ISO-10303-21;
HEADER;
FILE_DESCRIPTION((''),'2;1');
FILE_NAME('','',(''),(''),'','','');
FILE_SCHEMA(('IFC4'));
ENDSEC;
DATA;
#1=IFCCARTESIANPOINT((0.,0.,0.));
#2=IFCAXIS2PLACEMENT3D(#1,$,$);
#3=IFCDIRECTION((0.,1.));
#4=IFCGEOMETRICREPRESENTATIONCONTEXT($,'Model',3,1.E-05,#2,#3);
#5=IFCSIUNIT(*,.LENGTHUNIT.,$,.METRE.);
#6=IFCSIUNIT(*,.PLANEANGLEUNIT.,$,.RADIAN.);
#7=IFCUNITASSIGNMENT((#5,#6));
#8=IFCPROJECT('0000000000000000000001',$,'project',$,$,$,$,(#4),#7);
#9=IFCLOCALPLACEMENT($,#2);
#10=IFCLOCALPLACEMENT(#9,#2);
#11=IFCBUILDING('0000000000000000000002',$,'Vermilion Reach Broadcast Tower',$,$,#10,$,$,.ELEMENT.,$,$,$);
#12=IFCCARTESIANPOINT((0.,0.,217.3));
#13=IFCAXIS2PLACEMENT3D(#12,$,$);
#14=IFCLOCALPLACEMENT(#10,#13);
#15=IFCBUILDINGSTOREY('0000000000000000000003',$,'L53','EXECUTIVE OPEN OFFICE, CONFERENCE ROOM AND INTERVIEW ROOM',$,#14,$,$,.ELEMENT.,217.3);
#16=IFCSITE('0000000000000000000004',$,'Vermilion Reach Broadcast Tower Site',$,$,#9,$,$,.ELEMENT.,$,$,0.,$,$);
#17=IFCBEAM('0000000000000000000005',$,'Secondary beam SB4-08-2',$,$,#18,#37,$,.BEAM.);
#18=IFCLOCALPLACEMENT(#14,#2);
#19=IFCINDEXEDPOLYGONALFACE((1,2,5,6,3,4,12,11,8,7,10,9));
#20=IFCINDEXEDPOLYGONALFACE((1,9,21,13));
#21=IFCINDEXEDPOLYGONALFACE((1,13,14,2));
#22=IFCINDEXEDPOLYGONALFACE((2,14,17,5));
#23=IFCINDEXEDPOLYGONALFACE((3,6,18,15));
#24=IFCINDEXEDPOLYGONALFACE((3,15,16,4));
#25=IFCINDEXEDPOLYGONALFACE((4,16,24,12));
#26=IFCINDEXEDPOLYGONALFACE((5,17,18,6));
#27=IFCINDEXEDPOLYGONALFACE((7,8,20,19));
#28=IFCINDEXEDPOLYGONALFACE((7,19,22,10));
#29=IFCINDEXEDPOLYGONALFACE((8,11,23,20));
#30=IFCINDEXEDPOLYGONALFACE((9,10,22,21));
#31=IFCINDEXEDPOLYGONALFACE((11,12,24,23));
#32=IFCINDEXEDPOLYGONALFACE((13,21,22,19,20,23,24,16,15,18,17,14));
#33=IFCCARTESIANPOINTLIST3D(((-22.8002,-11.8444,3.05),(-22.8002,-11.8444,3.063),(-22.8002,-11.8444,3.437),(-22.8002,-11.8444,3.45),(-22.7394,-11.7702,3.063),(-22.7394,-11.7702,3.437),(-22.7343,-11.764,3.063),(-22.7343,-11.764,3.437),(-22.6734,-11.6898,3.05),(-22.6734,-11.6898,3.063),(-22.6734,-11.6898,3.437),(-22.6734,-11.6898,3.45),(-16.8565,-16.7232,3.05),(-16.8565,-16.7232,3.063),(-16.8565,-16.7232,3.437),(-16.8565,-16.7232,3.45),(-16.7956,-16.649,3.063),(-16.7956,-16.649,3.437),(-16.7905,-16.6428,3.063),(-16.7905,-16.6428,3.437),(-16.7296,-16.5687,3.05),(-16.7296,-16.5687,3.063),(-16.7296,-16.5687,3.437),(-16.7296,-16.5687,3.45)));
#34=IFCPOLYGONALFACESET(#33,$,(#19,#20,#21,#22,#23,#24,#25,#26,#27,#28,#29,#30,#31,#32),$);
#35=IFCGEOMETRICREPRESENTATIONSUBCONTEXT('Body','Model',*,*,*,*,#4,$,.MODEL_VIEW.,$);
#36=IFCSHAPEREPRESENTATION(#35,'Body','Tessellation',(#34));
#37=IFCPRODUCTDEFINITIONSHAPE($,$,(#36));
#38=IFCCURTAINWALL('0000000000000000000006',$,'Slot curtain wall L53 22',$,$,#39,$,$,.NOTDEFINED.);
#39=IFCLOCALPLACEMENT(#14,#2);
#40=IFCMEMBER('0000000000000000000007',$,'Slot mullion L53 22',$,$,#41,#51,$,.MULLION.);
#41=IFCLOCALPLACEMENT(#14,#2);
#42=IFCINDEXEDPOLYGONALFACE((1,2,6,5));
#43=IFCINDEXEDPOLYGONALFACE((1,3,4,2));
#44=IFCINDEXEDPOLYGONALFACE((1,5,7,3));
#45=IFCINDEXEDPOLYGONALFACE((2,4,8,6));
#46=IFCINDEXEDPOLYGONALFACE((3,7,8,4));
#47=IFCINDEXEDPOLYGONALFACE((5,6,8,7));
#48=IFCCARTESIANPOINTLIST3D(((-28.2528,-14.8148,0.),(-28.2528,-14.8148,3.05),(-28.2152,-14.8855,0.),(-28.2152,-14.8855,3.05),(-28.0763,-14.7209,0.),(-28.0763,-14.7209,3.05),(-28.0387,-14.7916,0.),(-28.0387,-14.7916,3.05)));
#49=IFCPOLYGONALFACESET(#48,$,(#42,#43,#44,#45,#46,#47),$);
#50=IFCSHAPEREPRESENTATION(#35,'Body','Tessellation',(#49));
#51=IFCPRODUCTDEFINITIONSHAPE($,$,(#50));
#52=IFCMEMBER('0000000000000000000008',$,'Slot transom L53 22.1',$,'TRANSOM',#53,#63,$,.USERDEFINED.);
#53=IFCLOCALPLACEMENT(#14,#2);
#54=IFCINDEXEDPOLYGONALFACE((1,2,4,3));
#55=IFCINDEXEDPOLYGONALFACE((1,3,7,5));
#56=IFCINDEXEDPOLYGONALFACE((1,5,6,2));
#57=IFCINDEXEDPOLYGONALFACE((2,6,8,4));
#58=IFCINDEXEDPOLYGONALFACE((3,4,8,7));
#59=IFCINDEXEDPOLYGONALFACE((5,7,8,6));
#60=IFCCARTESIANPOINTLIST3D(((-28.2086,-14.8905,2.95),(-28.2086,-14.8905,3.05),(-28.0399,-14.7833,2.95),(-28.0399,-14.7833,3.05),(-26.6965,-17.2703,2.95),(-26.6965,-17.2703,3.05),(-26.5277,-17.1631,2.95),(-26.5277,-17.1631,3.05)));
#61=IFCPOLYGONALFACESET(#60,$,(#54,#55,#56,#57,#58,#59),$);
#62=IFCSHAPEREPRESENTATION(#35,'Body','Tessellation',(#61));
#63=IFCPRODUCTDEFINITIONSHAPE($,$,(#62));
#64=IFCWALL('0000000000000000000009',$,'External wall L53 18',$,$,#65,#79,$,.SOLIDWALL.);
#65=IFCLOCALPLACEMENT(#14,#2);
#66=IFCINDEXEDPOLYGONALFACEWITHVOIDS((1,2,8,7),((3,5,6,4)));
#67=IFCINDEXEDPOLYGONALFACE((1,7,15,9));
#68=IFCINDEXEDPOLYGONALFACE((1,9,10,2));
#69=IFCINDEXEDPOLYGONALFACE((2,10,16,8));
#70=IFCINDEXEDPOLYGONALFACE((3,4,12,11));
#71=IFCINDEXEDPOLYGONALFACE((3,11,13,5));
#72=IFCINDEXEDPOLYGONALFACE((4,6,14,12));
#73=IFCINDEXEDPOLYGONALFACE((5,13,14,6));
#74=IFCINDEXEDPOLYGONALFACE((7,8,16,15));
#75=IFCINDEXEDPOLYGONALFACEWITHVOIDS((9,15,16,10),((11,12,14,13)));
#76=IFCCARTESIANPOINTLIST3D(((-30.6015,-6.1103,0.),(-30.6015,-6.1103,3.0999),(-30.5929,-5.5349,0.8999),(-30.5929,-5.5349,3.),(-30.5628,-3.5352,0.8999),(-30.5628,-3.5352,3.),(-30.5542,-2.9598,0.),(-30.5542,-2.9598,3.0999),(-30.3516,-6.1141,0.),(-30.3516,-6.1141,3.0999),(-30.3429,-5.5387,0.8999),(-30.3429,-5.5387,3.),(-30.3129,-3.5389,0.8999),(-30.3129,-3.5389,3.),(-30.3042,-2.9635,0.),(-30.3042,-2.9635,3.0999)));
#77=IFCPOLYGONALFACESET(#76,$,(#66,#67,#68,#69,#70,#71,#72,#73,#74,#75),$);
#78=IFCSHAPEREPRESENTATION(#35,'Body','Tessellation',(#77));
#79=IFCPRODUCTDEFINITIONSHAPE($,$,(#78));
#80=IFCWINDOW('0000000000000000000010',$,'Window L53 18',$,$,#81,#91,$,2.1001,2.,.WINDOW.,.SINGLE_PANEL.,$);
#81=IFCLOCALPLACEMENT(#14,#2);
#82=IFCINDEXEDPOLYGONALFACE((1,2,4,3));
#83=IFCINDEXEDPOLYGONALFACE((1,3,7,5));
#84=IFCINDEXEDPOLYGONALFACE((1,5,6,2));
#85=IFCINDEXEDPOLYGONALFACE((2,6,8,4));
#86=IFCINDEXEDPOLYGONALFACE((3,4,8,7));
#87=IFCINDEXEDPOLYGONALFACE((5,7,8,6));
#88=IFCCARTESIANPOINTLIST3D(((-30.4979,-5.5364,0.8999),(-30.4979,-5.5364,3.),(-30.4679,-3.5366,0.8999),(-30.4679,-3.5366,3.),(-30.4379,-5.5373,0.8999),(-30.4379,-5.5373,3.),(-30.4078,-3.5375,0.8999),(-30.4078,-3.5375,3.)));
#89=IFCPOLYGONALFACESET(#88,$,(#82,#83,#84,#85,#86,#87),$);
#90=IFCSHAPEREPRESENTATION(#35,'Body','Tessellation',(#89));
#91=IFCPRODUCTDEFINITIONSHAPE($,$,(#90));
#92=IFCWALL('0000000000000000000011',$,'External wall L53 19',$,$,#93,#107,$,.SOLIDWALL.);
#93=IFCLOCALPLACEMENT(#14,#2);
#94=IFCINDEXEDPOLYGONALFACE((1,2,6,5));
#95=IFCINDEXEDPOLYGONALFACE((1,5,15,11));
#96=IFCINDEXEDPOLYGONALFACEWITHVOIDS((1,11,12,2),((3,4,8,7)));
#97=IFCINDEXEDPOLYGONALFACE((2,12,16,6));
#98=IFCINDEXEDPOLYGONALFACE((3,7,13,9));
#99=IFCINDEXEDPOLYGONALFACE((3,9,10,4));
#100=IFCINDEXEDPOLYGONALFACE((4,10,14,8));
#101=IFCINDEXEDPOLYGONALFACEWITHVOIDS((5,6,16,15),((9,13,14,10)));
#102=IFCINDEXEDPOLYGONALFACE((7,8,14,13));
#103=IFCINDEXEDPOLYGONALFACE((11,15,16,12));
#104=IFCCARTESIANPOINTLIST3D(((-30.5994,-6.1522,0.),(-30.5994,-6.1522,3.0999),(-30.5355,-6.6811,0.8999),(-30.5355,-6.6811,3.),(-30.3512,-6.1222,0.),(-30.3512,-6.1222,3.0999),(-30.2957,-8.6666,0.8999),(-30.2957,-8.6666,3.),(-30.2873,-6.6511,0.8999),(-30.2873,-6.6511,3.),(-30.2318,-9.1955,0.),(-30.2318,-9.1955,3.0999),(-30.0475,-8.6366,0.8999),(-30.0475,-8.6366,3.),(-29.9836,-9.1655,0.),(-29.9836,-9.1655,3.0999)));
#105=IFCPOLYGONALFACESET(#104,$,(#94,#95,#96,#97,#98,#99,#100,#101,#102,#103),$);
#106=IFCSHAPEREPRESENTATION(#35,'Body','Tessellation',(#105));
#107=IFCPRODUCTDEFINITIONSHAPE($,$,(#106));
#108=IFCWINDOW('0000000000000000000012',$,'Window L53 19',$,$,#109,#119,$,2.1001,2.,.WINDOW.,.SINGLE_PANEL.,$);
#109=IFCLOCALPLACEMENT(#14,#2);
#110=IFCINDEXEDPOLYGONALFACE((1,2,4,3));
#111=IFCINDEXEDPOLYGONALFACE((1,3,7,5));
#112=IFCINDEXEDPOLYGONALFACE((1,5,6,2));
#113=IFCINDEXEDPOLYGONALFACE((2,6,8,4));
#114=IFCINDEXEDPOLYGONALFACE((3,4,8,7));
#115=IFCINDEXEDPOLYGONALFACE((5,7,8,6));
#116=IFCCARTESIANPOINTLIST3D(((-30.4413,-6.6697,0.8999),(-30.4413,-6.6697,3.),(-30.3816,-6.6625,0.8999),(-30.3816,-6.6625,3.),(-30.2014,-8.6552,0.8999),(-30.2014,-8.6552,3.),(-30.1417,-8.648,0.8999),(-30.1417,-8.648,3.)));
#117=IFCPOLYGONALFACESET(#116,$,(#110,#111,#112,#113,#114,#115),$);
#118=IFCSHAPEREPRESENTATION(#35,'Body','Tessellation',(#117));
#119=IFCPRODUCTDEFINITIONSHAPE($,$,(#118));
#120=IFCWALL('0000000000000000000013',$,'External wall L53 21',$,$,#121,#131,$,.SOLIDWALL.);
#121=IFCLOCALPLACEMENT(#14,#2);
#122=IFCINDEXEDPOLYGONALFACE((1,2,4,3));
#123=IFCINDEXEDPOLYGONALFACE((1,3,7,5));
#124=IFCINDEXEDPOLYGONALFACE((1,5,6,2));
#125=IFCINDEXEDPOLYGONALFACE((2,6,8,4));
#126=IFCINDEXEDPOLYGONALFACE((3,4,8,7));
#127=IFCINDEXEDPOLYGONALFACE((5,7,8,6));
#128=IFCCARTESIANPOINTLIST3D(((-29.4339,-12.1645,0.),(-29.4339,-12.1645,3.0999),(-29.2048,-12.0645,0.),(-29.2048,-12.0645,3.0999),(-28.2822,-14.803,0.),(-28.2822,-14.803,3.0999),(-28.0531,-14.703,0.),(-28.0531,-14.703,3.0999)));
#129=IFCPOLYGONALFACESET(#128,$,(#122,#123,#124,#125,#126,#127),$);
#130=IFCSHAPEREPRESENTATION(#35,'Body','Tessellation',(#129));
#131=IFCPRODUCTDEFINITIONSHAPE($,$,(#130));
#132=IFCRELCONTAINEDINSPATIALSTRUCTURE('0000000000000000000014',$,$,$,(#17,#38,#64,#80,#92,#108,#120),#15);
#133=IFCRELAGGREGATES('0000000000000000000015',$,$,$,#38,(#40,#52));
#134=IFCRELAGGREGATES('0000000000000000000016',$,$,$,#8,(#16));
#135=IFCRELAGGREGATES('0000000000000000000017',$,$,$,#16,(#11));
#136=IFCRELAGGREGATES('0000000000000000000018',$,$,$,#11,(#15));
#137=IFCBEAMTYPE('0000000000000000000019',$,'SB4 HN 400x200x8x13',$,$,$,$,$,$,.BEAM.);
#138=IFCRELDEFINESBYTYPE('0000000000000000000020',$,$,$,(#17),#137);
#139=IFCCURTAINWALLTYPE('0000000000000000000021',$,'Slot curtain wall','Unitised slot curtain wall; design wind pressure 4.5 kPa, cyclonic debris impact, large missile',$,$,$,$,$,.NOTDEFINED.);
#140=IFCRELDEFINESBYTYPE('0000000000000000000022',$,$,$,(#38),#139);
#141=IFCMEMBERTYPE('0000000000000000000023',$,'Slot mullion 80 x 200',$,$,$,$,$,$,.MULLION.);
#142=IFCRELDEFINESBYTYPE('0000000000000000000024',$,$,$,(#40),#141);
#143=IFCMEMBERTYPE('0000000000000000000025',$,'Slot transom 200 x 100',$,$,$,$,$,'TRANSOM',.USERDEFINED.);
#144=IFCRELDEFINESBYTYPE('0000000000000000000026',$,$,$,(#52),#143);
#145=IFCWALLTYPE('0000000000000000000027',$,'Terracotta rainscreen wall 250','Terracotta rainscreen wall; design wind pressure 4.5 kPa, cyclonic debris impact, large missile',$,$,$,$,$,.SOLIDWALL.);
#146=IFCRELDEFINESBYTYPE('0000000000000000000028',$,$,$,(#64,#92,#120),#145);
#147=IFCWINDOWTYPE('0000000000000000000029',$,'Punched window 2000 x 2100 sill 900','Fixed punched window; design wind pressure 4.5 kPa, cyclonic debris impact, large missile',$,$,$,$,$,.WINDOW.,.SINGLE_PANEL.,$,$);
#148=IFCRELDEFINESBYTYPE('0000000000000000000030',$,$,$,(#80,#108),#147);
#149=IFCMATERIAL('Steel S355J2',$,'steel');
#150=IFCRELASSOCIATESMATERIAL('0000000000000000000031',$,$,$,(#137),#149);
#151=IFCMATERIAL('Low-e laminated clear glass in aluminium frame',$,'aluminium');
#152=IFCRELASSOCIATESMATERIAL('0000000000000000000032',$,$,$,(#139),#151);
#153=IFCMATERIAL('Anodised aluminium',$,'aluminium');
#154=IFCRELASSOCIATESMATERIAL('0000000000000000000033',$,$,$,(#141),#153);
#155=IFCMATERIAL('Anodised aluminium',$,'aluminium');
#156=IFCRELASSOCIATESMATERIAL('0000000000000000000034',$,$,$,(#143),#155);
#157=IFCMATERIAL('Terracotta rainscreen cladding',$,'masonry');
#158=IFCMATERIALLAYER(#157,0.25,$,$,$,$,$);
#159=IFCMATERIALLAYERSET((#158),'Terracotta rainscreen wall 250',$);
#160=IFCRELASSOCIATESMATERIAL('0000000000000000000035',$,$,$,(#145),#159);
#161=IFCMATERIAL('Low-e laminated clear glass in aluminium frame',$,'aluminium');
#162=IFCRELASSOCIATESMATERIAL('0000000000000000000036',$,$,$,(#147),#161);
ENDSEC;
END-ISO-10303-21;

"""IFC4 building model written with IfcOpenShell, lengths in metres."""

from ifc_helpers import new_model, si_unit, direction, frame, frame_2d, origin, origin_2d, place, context, subcontext, project, spatial, rectangle, i_section, extrude, material, layer, layer_set, material_profile, profile_set, type_object, element, fill, aggregate, save


model = new_model("IFC4")

# Units and contexts
model_context = context("Model", 3, precision=1e-05, world=origin(), true_north=direction((0.0, 1.0)))
body_context = subcontext(model_context, "Body", "Model", "MODEL_VIEW")
ifc_project = project(units=[si_unit("LENGTHUNIT", "METRE"), si_unit("PLANEANGLEUNIT", "RADIAN")], contexts=[model_context])

# Site, building, storey
site_placement = place(None, origin())
site = spatial("IfcSite", under=ifc_project, at=site_placement, Name="Vermilion Reach Broadcast Tower Site", CompositionType="ELEMENT", RefElevation=0.0)
building_placement = place(site_placement, origin())
building = spatial("IfcBuilding", under=site, at=building_placement, Name="Vermilion Reach Broadcast Tower", CompositionType="ELEMENT")
storey_placement = place(building_placement, frame((0.0, 0.0, 217.3)))
storey = spatial("IfcBuildingStorey", under=building, at=storey_placement, Name="L53", Description="EXECUTIVE OPEN OFFICE, CONFERENCE ROOM AND INTERVIEW ROOM", CompositionType="ELEMENT", Elevation=217.3)

# Beam
ifc_material_1 = material(Name="Steel S355J2", Category="steel")
ifc_material_profile_1 = material_profile(ifc_material_1, i_section(OverallWidth=0.2, OverallDepth=0.3999, WebThickness=0.0081, FlangeThickness=0.0129, at=origin_2d()), Name="S355J2 HN 400x200x8x13")
ifc_profile_set_1 = profile_set([ifc_material_profile_1], Name="Steel S355J2")
beam_type_1 = type_object("IfcBeamType", Name="SB4 HN 400x200x8x13", PredefinedType="BEAM", material=ifc_profile_set_1)
beam_1_placement = place(storey_placement, frame((-22.7368, -11.7671, 3.25), z_axis=(0.772952, -0.634465, 0.0), x_axis=(0.634465, 0.772952, 0.0)))
element("IfcBeam", 1, at=beam_1_placement, inside=storey, type_object=beam_type_1, Name="Secondary beam SB4-08-2", PredefinedType="BEAM", context=body_context, shape_type="SweptSolid", body=[
    extrude(i_section(OverallWidth=0.2, OverallDepth=0.3999, WebThickness=0.0081, FlangeThickness=0.0129, at=origin_2d()), origin(), (0.0, 0.0, 1.0), 7.6897),
])

# Curtain wall, members
ifc_material_2 = material(Name="Low-e laminated clear glass in aluminium frame", Category="aluminium")
curtain_wall_type = type_object("IfcCurtainWallType", Name="Slot curtain wall", Description="Unitised slot curtain wall; design wind pressure 4.5 kPa, cyclonic debris impact, large missile", PredefinedType="NOTDEFINED", material=ifc_material_2)
curtain_wall_placement = place(storey_placement, origin())
curtain_wall = element("IfcCurtainWall", 2, at=curtain_wall_placement, inside=storey, type_object=curtain_wall_type, Name="Slot curtain wall L53 22", PredefinedType="NOTDEFINED")
ifc_material_3 = material(Name="Anodised aluminium", Category="aluminium")
ifc_material_profile_2 = material_profile(ifc_material_3, rectangle(XDim=0.2, YDim=0.0801, at=origin_2d()), Name="Slot mullion 80 x 200")
ifc_profile_set_2 = profile_set([ifc_material_profile_2], Name="Anodised aluminium")
member_type_1 = type_object("IfcMemberType", Name="Slot mullion 80 x 200", PredefinedType="MULLION", material=ifc_profile_set_2)
member_1_placement = place(storey_placement, frame((-28.1458, -14.8032, 0.0), z_axis=(0.0, 0.0, 1.0), x_axis=(0.882894, 0.469572, 0.0)))
member_1 = element("IfcMember", 3, at=member_1_placement, type_object=member_type_1, Name="Slot mullion L53 22", PredefinedType="MULLION", context=body_context, shape_type="SweptSolid", body=[
    extrude(rectangle(XDim=0.2, YDim=0.0801, at=origin_2d()), origin(), (0.0, 0.0, 1.0), 3.05),
])
ifc_material_4 = material(Name="Anodised aluminium", Category="aluminium")
ifc_material_profile_3 = material_profile(ifc_material_4, rectangle(XDim=0.2, YDim=0.1001, at=origin_2d()), Name="Slot transom 200 x 100")
ifc_profile_set_3 = profile_set([ifc_material_profile_3], Name="Anodised aluminium")
member_type_2 = type_object("IfcMemberType", Name="Slot transom 200 x 100", ElementType="TRANSOM", PredefinedType="USERDEFINED", material=ifc_profile_set_3)
member_2_placement = place(storey_placement, frame((-28.1243, -14.8369, 3.0), z_axis=(0.536304, -0.844025, 0.0), x_axis=(0.844025, 0.536304, 0.0)))
member_2 = element("IfcMember", 4, at=member_2_placement, type_object=member_type_2, Name="Slot transom L53 22.1", ObjectType="TRANSOM", PredefinedType="USERDEFINED", context=body_context, shape_type="SweptSolid", body=[
    extrude(rectangle(XDim=0.2, YDim=0.1001, at=origin_2d()), origin(), (0.0, 0.0, 1.0), 2.8196),
])
aggregate(curtain_wall, [member_1, member_2])

# Walls, openings, windows
ifc_material_5 = material(Name="Terracotta rainscreen cladding", Category="masonry")
ifc_layer_1 = layer(ifc_material_5, 0.25)
ifc_layer_set_1 = layer_set([ifc_layer_1], Name="Terracotta rainscreen wall 250")
wall_type_1 = type_object("IfcWallType", Name="Terracotta rainscreen wall 250", Description="Terracotta rainscreen wall; design wind pressure 4.5 kPa, cyclonic debris impact, large missile", PredefinedType="SOLIDWALL", material=ifc_layer_set_1)
wall_1_placement = place(storey_placement, frame((-30.4292, -2.9617, 0.0), z_axis=(0.0, 0.0, 1.0), x_axis=(-0.015031, -0.999887, 0.0)))
wall_1 = element("IfcWall", 5, at=wall_1_placement, inside=storey, type_object=wall_type_1, Name="External wall L53 18", PredefinedType="SOLIDWALL", context=body_context, shape_type="SweptSolid", body=[
    extrude(rectangle(XDim=3.1509, YDim=0.25, at=frame_2d((1.5754, 0.0))), origin(), (0.0, 0.0, 1.0), 3.0999),
])
opening_1_placement = place(wall_1_placement, frame((0.5754, 0.0, 0.8999)))
opening_1 = element("IfcOpeningElement", 6, at=opening_1_placement, cuts=wall_1, PredefinedType="OPENING", context=body_context, shape_type="SweptSolid", body=[
    extrude(rectangle(XDim=2.0, YDim=2.1001, at=frame_2d((1.0, 1.05))), frame((0.0, 0.135, 0.0), z_axis=(0.0, -1.0, 0.0), x_axis=(1.0, 0.0, 0.0)), (0.0, 0.0, 1.0), 0.27),
])
ifc_material_6 = material(Name="Low-e laminated clear glass in aluminium frame", Category="aluminium")
window_type = type_object("IfcWindowType", Name="Punched window 2000 x 2100 sill 900", Description="Fixed punched window; design wind pressure 4.5 kPa, cyclonic debris impact, large missile", PartitioningType="SINGLE_PANEL", PredefinedType="WINDOW", material=ifc_material_6)
window_1_placement = place(opening_1_placement, origin())
window_1 = element("IfcWindow", 7, at=window_1_placement, inside=storey, type_object=window_type, Name="Window L53 18", OverallHeight=2.1001, OverallWidth=2.0, PartitioningType="SINGLE_PANEL", PredefinedType="WINDOW", context=body_context, shape_type="SweptSolid", body=[
    extrude(rectangle(XDim=2.0, YDim=2.1001, at=frame_2d((1.0, 1.05))), frame((0.0, 0.03, 0.0), z_axis=(0.0, -1.0, 0.0), x_axis=(1.0, 0.0, 0.0)), (0.0, 0.0, 1.0), 0.0601),
])
fill(opening_1, window_1)
wall_2_placement = place(storey_placement, frame((-30.4753, -6.1372, 0.0), z_axis=(0.0, 0.0, 1.0), x_axis=(0.119946, -0.99278, 0.0)))
wall_2 = element("IfcWall", 8, at=wall_2_placement, inside=storey, type_object=wall_type_1, Name="External wall L53 19", PredefinedType="SOLIDWALL", context=body_context, shape_type="SweptSolid", body=[
    extrude(rectangle(XDim=3.0654, YDim=0.25, at=frame_2d((1.5327, 0.0))), origin(), (0.0, 0.0, 1.0), 3.0999),
])
opening_2_placement = place(wall_2_placement, frame((0.5327, 0.0, 0.8999)))
opening_2 = element("IfcOpeningElement", 9, at=opening_2_placement, cuts=wall_2, PredefinedType="OPENING", context=body_context, shape_type="SweptSolid", body=[
    extrude(rectangle(XDim=2.0, YDim=2.1001, at=frame_2d((1.0, 1.05))), frame((0.0, 0.135, 0.0), z_axis=(0.0, -1.0, 0.0), x_axis=(1.0, 0.0, 0.0)), (0.0, 0.0, 1.0), 0.27),
])
window_2_placement = place(opening_2_placement, origin())
window_2 = element("IfcWindow", 10, at=window_2_placement, inside=storey, type_object=window_type, Name="Window L53 19", OverallHeight=2.1001, OverallWidth=2.0, PartitioningType="SINGLE_PANEL", PredefinedType="WINDOW", context=body_context, shape_type="SweptSolid", body=[
    extrude(rectangle(XDim=2.0, YDim=2.1001, at=frame_2d((1.0, 1.05))), frame((0.0, 0.03, 0.0), z_axis=(0.0, -1.0, 0.0), x_axis=(1.0, 0.0, 0.0)), (0.0, 0.0, 1.0), 0.0601),
])
fill(opening_2, window_2)

# Wall
wall_3_placement = place(storey_placement, frame((-29.3193, -12.1145, 0.0), z_axis=(0.0, 0.0, 1.0), x_axis=(0.400031, -0.916502, 0.0)))
element("IfcWall", 11, at=wall_3_placement, inside=storey, type_object=wall_type_1, Name="External wall L53 21", PredefinedType="SOLIDWALL", context=body_context, shape_type="SweptSolid", body=[
    extrude(rectangle(XDim=2.8789, YDim=0.25, at=frame_2d((1.4395, 0.0))), origin(), (0.0, 0.0, 1.0), 3.0999),
])

save(model, "model.ifc")
